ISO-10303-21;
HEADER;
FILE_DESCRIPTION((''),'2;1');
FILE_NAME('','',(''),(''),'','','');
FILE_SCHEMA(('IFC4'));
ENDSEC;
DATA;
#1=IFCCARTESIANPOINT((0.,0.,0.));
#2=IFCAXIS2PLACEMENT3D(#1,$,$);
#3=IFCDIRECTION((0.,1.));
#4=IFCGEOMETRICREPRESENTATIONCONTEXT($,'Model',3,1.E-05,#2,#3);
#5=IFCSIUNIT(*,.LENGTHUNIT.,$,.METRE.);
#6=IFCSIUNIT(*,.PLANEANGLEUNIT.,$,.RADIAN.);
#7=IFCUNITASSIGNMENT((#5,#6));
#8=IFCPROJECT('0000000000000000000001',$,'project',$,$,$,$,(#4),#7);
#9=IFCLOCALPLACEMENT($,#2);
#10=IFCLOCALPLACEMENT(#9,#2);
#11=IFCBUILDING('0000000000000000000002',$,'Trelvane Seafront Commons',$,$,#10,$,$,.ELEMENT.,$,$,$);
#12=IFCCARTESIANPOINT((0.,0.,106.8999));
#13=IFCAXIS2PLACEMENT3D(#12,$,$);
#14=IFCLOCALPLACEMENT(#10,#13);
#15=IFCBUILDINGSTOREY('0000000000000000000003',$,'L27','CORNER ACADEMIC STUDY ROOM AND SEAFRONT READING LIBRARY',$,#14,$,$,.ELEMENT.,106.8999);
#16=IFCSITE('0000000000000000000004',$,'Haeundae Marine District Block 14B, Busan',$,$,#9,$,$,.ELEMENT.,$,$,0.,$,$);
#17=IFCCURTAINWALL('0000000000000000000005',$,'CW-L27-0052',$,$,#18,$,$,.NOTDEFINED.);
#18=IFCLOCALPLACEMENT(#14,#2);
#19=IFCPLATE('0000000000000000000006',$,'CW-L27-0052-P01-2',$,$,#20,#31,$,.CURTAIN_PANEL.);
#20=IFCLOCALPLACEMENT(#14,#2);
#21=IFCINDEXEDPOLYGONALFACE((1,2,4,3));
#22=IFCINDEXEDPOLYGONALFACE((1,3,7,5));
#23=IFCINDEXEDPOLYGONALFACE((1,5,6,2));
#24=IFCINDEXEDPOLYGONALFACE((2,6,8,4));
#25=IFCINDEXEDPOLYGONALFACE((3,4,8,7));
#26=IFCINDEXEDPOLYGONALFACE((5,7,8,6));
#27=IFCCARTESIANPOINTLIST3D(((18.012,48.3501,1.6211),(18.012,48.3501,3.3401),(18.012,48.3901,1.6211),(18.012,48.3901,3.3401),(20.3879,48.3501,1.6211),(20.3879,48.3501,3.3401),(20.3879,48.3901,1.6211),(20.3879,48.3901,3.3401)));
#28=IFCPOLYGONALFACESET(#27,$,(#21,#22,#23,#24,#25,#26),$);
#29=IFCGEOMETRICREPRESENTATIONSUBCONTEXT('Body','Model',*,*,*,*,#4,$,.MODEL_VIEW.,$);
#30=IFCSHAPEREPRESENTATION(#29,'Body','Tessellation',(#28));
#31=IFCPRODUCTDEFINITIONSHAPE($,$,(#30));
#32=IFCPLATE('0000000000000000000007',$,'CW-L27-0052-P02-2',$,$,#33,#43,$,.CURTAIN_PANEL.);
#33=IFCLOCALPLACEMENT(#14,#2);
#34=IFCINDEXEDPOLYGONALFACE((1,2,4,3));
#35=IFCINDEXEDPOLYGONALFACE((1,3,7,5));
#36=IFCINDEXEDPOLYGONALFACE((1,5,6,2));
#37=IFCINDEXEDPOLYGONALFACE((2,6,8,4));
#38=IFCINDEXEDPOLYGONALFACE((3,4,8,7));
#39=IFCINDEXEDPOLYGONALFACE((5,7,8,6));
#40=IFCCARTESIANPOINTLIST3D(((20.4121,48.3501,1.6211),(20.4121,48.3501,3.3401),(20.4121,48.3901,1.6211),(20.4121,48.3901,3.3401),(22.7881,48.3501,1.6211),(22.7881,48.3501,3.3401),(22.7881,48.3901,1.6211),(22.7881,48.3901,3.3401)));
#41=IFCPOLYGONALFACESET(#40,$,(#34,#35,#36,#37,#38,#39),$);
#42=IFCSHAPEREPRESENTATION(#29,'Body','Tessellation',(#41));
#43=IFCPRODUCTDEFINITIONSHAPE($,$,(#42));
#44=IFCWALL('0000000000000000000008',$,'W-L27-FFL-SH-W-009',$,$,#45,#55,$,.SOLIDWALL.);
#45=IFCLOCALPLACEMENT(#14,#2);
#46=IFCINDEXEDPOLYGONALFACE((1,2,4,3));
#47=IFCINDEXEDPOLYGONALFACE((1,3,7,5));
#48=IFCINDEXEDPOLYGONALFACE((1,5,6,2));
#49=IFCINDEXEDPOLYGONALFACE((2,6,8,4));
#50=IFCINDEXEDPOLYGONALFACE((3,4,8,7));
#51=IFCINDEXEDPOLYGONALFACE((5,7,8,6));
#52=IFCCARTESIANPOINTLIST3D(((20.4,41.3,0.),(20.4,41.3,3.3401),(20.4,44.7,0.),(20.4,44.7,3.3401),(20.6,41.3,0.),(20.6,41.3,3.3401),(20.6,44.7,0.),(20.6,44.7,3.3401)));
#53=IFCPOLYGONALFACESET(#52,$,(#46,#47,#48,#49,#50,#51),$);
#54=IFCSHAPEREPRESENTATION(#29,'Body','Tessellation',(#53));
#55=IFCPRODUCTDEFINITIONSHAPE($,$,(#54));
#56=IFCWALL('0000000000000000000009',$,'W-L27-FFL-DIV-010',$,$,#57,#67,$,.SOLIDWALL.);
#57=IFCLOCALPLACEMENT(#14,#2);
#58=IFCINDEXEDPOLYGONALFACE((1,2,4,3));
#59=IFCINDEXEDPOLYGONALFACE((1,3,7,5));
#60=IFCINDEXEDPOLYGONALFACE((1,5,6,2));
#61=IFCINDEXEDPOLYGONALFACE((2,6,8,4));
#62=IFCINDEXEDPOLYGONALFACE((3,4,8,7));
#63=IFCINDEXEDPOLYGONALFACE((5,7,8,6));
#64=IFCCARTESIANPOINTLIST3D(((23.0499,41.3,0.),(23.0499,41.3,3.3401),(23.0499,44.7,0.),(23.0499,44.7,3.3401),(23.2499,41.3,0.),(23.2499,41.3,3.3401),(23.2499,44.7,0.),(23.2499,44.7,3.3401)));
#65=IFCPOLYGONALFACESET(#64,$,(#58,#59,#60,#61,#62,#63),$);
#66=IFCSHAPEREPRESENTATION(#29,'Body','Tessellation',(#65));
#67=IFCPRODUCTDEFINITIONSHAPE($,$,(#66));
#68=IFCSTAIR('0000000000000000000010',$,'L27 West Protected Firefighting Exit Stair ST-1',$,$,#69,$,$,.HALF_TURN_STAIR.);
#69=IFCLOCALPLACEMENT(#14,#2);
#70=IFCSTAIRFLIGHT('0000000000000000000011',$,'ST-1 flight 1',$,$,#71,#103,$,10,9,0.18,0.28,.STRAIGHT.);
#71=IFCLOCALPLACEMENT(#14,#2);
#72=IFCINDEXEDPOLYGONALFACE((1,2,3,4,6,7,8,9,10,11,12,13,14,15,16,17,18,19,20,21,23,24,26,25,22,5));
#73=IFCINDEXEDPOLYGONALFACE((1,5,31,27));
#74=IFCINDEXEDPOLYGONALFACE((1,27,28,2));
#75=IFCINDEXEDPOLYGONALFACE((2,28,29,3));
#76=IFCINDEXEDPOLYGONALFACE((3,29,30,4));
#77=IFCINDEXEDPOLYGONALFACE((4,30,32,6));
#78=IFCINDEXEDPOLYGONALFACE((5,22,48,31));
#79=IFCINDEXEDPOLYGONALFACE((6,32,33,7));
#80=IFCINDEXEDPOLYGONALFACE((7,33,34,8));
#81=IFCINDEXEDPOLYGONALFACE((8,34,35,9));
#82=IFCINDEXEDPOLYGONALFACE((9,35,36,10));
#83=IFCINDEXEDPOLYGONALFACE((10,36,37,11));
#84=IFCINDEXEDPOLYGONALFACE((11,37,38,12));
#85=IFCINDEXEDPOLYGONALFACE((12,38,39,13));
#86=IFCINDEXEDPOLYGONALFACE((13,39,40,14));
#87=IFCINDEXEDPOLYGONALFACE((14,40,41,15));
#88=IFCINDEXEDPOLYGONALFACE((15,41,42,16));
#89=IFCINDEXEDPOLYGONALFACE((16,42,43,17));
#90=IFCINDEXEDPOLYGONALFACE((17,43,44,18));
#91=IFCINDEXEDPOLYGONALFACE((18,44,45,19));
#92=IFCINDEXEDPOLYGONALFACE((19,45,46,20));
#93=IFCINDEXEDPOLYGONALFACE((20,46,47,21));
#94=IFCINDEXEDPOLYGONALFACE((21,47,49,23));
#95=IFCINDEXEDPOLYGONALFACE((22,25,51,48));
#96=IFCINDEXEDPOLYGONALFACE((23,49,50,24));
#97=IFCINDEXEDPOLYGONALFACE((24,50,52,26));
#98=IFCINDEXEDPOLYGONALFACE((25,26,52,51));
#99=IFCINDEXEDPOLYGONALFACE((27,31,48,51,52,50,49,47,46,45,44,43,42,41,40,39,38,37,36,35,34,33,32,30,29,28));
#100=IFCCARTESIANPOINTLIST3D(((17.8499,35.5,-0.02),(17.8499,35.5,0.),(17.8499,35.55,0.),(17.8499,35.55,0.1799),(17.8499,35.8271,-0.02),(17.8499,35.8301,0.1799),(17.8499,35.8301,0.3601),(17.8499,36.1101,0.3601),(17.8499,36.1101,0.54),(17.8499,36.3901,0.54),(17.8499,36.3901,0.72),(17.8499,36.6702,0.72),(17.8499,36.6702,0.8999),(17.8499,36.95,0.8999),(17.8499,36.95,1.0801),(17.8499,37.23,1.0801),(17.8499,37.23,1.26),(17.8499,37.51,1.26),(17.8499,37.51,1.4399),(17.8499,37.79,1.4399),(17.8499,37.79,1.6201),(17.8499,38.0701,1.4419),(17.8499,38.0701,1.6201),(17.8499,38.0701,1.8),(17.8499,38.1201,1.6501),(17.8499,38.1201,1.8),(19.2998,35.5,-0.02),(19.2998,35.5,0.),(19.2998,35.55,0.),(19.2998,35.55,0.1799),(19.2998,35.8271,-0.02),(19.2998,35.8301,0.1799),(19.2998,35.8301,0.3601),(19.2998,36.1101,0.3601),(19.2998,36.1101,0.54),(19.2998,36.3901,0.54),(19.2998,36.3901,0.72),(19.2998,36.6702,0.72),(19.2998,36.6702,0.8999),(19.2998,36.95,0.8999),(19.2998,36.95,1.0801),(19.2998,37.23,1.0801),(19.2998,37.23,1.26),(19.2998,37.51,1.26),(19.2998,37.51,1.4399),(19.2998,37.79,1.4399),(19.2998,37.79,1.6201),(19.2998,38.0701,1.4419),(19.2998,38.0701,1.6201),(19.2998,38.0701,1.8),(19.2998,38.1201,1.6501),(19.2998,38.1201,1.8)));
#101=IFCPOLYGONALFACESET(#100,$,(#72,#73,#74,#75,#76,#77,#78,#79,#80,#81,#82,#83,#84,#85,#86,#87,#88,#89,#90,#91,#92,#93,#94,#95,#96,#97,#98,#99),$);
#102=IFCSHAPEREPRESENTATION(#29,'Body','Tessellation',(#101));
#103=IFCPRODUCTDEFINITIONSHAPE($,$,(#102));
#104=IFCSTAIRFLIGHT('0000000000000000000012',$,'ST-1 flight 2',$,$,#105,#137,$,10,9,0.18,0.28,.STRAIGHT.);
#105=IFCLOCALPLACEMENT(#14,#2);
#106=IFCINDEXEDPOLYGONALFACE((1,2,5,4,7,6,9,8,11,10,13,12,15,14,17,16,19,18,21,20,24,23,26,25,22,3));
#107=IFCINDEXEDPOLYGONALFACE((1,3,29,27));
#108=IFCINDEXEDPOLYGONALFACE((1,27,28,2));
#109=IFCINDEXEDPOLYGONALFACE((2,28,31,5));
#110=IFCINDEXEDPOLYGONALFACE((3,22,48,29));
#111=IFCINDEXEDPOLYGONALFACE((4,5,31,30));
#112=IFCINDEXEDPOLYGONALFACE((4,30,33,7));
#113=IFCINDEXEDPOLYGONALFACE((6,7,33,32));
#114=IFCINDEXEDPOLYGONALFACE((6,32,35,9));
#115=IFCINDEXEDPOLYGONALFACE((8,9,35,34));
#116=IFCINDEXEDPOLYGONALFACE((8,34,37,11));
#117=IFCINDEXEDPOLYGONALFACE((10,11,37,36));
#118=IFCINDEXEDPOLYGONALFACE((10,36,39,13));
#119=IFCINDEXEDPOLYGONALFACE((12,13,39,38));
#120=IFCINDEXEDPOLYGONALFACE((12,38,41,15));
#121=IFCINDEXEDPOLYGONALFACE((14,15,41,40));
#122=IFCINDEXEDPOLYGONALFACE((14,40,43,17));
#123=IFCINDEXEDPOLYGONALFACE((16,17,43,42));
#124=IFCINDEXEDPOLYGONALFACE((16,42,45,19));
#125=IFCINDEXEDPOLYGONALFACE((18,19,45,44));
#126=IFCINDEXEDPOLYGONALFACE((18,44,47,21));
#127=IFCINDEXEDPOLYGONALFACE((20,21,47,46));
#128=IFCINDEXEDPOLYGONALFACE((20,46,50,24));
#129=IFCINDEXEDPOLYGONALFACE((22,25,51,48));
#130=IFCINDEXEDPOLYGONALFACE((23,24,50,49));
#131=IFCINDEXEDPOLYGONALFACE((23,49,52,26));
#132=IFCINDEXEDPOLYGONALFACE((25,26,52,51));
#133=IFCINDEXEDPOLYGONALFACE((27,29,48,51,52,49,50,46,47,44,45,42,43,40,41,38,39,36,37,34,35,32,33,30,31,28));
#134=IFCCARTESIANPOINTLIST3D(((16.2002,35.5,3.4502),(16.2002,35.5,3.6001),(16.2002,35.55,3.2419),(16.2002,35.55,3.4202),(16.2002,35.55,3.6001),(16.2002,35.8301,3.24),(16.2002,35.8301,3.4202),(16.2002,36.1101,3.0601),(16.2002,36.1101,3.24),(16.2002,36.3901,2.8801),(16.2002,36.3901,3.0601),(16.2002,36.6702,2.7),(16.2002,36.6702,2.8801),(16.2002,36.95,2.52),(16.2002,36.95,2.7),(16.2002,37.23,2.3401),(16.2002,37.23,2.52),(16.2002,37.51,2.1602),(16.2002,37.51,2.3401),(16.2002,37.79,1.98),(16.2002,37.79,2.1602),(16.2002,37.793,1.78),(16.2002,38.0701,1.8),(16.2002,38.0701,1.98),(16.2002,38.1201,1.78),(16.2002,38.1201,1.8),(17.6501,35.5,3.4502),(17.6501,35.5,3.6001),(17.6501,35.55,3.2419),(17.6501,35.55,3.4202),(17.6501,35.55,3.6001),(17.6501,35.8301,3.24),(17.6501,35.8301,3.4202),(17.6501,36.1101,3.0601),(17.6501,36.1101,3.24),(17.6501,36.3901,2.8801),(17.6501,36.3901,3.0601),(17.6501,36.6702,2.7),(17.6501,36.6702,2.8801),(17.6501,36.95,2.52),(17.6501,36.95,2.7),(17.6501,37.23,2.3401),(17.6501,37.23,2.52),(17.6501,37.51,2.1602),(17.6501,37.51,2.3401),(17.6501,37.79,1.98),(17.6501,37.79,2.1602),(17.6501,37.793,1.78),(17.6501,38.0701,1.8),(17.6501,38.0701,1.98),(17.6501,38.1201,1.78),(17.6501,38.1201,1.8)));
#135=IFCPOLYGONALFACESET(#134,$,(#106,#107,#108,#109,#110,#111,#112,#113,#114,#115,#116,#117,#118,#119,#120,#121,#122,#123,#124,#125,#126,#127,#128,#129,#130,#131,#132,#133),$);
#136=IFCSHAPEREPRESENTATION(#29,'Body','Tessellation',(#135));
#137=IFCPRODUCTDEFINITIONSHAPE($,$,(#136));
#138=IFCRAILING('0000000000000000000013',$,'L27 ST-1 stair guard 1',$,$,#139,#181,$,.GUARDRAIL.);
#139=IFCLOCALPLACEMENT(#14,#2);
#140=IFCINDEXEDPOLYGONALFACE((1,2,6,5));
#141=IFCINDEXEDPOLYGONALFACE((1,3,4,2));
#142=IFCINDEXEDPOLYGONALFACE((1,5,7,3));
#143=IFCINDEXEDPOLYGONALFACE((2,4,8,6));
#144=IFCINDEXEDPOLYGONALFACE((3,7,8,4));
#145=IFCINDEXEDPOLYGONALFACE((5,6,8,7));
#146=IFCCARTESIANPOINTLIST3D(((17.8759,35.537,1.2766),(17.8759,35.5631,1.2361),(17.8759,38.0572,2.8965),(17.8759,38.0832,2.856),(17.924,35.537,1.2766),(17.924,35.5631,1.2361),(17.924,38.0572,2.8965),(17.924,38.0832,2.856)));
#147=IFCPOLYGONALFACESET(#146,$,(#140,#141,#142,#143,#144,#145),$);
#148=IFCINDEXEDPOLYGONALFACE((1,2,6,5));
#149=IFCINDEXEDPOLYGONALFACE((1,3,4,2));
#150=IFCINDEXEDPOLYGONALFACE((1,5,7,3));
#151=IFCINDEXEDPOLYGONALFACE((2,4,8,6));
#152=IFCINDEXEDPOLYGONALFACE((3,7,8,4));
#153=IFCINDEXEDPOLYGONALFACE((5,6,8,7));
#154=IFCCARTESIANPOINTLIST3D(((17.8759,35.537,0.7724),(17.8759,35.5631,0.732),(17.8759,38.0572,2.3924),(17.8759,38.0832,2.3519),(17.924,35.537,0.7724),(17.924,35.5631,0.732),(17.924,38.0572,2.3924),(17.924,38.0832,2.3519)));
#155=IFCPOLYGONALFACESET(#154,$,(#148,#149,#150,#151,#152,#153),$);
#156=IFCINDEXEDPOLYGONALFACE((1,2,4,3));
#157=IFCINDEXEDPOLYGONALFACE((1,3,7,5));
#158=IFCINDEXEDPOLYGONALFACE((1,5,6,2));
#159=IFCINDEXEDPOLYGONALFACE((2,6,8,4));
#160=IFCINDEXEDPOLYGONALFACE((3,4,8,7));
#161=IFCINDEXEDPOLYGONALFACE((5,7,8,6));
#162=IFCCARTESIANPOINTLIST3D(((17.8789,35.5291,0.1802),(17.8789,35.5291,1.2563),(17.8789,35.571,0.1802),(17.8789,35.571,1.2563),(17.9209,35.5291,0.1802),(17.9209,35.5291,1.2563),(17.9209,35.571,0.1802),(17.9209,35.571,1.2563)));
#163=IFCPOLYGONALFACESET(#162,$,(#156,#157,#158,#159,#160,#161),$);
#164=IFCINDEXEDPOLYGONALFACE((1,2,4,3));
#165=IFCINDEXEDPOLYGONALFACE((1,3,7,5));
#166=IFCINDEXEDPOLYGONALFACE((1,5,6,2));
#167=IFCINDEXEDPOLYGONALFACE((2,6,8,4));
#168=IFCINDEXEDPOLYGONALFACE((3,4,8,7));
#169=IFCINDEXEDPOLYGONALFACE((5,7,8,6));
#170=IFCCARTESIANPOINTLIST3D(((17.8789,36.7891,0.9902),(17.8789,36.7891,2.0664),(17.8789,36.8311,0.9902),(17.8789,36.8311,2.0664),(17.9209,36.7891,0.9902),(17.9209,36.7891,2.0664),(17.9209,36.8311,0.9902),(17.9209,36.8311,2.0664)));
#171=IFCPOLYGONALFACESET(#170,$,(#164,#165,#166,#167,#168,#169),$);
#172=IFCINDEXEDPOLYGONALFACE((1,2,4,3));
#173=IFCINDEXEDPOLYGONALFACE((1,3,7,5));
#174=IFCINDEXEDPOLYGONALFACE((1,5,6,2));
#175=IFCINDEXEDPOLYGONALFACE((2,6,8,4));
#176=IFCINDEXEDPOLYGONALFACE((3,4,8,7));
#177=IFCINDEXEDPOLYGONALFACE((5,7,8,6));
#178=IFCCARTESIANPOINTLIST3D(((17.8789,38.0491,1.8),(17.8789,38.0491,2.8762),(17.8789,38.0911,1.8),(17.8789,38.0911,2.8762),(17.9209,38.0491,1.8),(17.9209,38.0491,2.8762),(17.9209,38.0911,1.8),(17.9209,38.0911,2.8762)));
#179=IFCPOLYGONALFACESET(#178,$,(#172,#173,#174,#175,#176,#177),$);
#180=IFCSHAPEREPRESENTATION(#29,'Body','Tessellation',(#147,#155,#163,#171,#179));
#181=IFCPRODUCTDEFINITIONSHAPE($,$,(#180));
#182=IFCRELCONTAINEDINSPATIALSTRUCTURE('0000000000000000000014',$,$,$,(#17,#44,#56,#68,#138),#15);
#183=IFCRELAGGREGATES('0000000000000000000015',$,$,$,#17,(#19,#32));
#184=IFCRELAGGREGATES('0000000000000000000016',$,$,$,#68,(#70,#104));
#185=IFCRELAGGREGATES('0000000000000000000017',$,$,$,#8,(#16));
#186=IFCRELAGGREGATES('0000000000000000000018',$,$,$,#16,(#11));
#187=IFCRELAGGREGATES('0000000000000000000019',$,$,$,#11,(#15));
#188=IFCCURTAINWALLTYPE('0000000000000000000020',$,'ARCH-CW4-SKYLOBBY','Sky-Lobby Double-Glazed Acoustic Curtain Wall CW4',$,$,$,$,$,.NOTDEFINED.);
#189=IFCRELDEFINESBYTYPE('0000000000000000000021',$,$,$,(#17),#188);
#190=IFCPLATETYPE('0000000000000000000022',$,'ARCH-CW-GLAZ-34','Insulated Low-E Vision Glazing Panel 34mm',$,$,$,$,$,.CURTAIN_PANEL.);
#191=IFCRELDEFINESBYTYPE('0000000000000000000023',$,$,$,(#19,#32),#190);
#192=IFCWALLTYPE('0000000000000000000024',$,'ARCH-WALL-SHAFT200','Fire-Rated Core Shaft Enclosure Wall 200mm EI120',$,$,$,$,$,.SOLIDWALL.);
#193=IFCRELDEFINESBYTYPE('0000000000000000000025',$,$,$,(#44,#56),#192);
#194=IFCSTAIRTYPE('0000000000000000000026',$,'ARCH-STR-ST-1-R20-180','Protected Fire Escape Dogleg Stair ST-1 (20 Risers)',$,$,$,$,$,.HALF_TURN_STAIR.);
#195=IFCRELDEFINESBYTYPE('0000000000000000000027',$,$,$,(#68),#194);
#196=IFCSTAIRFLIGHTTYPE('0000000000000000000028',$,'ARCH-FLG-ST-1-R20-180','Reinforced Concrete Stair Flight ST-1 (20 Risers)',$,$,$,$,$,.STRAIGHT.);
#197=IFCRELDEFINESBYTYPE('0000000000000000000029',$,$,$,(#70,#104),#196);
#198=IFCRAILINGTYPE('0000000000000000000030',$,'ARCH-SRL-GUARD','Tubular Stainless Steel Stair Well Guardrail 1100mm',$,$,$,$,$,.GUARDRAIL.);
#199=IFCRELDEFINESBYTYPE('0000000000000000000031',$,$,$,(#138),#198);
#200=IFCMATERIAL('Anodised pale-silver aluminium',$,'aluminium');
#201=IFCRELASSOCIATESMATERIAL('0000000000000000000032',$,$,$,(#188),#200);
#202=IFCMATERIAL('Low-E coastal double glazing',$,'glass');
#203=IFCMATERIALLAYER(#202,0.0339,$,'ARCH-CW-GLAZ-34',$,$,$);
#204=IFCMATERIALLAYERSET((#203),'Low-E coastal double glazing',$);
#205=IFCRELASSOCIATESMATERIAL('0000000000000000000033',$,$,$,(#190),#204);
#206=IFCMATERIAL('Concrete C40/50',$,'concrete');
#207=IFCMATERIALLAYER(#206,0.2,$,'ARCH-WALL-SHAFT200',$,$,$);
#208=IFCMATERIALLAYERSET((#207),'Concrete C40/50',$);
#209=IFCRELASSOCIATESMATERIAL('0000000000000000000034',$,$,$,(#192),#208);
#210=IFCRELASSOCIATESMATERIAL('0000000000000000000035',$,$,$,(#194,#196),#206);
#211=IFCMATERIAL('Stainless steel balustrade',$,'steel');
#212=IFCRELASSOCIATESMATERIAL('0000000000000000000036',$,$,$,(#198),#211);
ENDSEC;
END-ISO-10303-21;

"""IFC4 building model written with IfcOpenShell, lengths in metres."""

from ifc_helpers import new_model, si_unit, direction, frame, frame_2d, origin, origin_2d, place, context, subcontext, project, spatial, polyline, rectangle, outline, extrude, source, transform, mapped, material, layer, layer_set, type_object, element, aggregate, save


model = new_model("IFC4")

# Units and contexts
model_context = context("Model", 3, precision=1e-05, world=origin(), true_north=direction((0.0, 1.0)))
body_context = subcontext(model_context, "Body", "Model", "MODEL_VIEW")
ifc_project = project(units=[si_unit("LENGTHUNIT", "METRE"), si_unit("PLANEANGLEUNIT", "RADIAN")], contexts=[model_context])

# Site, building, storey
site_placement = place(None, origin())
site = spatial("IfcSite", under=ifc_project, at=site_placement, Name="Haeundae Marine District Block 14B, Busan", CompositionType="ELEMENT", RefElevation=0.0)
building_placement = place(site_placement, origin())
building = spatial("IfcBuilding", under=site, at=building_placement, Name="Trelvane Seafront Commons", CompositionType="ELEMENT")
storey_placement = place(building_placement, frame((0.0, 0.0, 106.8999)))
storey = spatial("IfcBuildingStorey", under=building, at=storey_placement, Name="L27", Description="CORNER ACADEMIC STUDY ROOM AND SEAFRONT READING LIBRARY", CompositionType="ELEMENT", Elevation=106.8999)

# Curtain wall
ifc_material_1 = material(Name="Anodised pale-silver aluminium", Category="aluminium")
curtain_wall_type = type_object("IfcCurtainWallType", Name="ARCH-CW4-SKYLOBBY", Description="Sky-Lobby Double-Glazed Acoustic Curtain Wall CW4", PredefinedType="NOTDEFINED", material=ifc_material_1)
curtain_wall_placement = place(storey_placement, origin())
curtain_wall = element("IfcCurtainWall", 1, at=curtain_wall_placement, inside=storey, type_object=curtain_wall_type, Name="CW-L27-0052", PredefinedType="NOTDEFINED")

# Plates
ifc_material_2 = material(Name="Low-E coastal double glazing", Category="glass")
ifc_layer_1 = layer(ifc_material_2, 0.0339, Name="ARCH-CW-GLAZ-34")
ifc_layer_set_1 = layer_set([ifc_layer_1], Name="Low-E coastal double glazing")
plate_type_1 = type_object("IfcPlateType", Name="ARCH-CW-GLAZ-34", Description="Insulated Low-E Vision Glazing Panel 34mm", PredefinedType="CURTAIN_PANEL", material=ifc_layer_set_1)
shared_shape_1 = source(origin(), body_context, "Body", "SweptSolid", [
    extrude(rectangle(XDim=2.376, YDim=0.04, at=origin_2d()), origin(), (0.0, 0.0, 1.0), 1.719),
])
plate_1_placement = place(storey_placement, frame((19.2, 48.3701, 1.6211), z_axis=(0.0, 0.0, 1.0), x_axis=(1.0, 0.0, 0.0)))
plate_1 = element("IfcPlate", 2, at=plate_1_placement, type_object=plate_type_1, Name="CW-L27-0052-P01-2", PredefinedType="CURTAIN_PANEL", context=body_context, shape_type="MappedRepresentation", body=[
    mapped(shared_shape_1, transform((0.0, 0.0, 0.0), x_axis=(1.0, 0.0, 0.0), y_axis=(0.0, 1.0, 0.0), z_axis=(0.0, 0.0, 1.0), scale=1.0)),
])
plate_2_placement = place(storey_placement, frame((21.6001, 48.3701, 1.6211), z_axis=(0.0, 0.0, 1.0), x_axis=(1.0, 0.0, 0.0)))
plate_2 = element("IfcPlate", 3, at=plate_2_placement, type_object=plate_type_1, Name="CW-L27-0052-P02-2", PredefinedType="CURTAIN_PANEL", context=body_context, shape_type="MappedRepresentation", body=[
    mapped(shared_shape_1, transform((0.0, 0.0, 0.0), x_axis=(1.0, 0.0, 0.0), y_axis=(0.0, 1.0, 0.0), z_axis=(0.0, 0.0, 1.0), scale=1.0)),
])
aggregate(curtain_wall, [plate_1, plate_2])

# Shared definitions
ifc_material_3 = material(Name="Concrete C40/50", Category="concrete")
ifc_layer_2 = layer(ifc_material_3, 0.2, Name="ARCH-WALL-SHAFT200")
ifc_layer_set_2 = layer_set([ifc_layer_2], Name="Concrete C40/50")
wall_type = type_object("IfcWallType", Name="ARCH-WALL-SHAFT200", Description="Fire-Rated Core Shaft Enclosure Wall 200mm EI120", PredefinedType="SOLIDWALL", material=ifc_layer_set_2)
ifc_material_4 = material(Name="Stainless steel balustrade", Category="steel")

# Walls
for number, where, z_axis, x_axis, name in (
    (4, (20.5, 41.3, 0.0), (0.0, 0.0, 1.0), (0.0, 1.0, 0.0), "W-L27-FFL-SH-W-009"),
    (5, (23.1499, 41.3, 0.0), (0.0, 0.0, 1.0), (0.0, 1.0, 0.0), "W-L27-FFL-DIV-010"),
):
    element("IfcWall", number, at=place(storey_placement, frame(where, z_axis=z_axis, x_axis=x_axis)), inside=storey, type_object=wall_type, Name=name, PredefinedType="SOLIDWALL", context=body_context, shape_type="SweptSolid", body=[
        extrude(rectangle(XDim=3.3999, YDim=0.2, at=frame_2d((1.7, 0.0))), origin(), (0.0, 0.0, 1.0), 3.3401),
    ])

# Stair, stair flights
stair_type = type_object("IfcStairType", Name="ARCH-STR-ST-1-R20-180", Description="Protected Fire Escape Dogleg Stair ST-1 (20 Risers)", PredefinedType="HALF_TURN_STAIR", material=ifc_material_3)
stair_placement = place(storey_placement, origin())
stair = element("IfcStair", 6, at=stair_placement, inside=storey, type_object=stair_type, Name="L27 West Protected Firefighting Exit Stair ST-1", PredefinedType="HALF_TURN_STAIR")
stair_flight_type = type_object("IfcStairFlightType", Name="ARCH-FLG-ST-1-R20-180", Description="Reinforced Concrete Stair Flight ST-1 (20 Risers)", PredefinedType="STRAIGHT", material=ifc_material_3)
shared_shape_2 = source(origin(), body_context, "Body", "SweptSolid", [
    extrude(outline(polyline([(-0.05, -0.02), (-0.05, 0.0), (0.0, 0.0), (0.0, 0.1799), (0.28, 0.1799), (0.28, 0.3601), (0.5601, 0.3601), (0.5601, 0.54), (0.8401, 0.54), (0.8401, 0.72), (1.1201, 0.72), (1.1201, 0.8999), (1.3999, 0.8999), (1.3999, 1.0801), (1.6799, 1.0801), (1.6799, 1.26), (1.96, 1.26), (1.96, 1.4399), (2.24, 1.4399), (2.24, 1.6201), (2.52, 1.6201), (2.52, 1.8), (2.5701, 1.8), (2.5701, 1.6501), (2.52, 1.4419), (0.2771, -0.02), (-0.05, -0.02)])), frame((0.0, 0.7251, 0.0), z_axis=(0.0, -1.0, 0.0), x_axis=(1.0, 0.0, 0.0)), (0.0, 0.0, 1.0), 1.45),
])
stair_flight_1_placement = place(storey_placement, frame((18.575, 35.55, 0.0), z_axis=(0.0, 0.0, 1.0), x_axis=(0.0, 1.0, 0.0)))
stair_flight_1 = element("IfcStairFlight", 7, at=stair_flight_1_placement, type_object=stair_flight_type, Name="ST-1 flight 1", NumberOfRisers=10, NumberOfTreads=9, PredefinedType="STRAIGHT", RiserHeight=0.18, TreadLength=0.28, context=body_context, shape_type="MappedRepresentation", body=[
    mapped(shared_shape_2, transform((0.0, 0.0, 0.0), x_axis=(1.0, 0.0, 0.0), y_axis=(0.0, 1.0, 0.0), z_axis=(0.0, 0.0, 1.0), scale=1.0)),
])
stair_flight_2_placement = place(storey_placement, frame((16.925, 38.0701, 1.8), z_axis=(0.0, 0.0, 1.0), x_axis=(0.0, -1.0, 0.0)))
stair_flight_2 = element("IfcStairFlight", 8, at=stair_flight_2_placement, type_object=stair_flight_type, Name="ST-1 flight 2", NumberOfRisers=10, NumberOfTreads=9, PredefinedType="STRAIGHT", RiserHeight=0.18, TreadLength=0.28, context=body_context, shape_type="MappedRepresentation", body=[
    mapped(shared_shape_2, transform((0.0, 0.0, 0.0), x_axis=(1.0, 0.0, 0.0), y_axis=(0.0, 1.0, 0.0), z_axis=(0.0, 0.0, 1.0), scale=1.0)),
])
aggregate(stair, [stair_flight_1, stair_flight_2])

# Railing
railing_type_1 = type_object("IfcRailingType", Name="ARCH-SRL-GUARD", Description="Tubular Stainless Steel Stair Well Guardrail 1100mm", PredefinedType="GUARDRAIL", material=ifc_material_4)
railing_1_placement = place(storey_placement, frame((17.8999, 35.55, 0.1802)))
element("IfcRailing", 9, at=railing_1_placement, inside=storey, type_object=railing_type_1, Name="L27 ST-1 stair guard 1", PredefinedType="GUARDRAIL", context=body_context, shape_type="SweptSolid", body=[
    extrude(rectangle(XDim=0.0481, YDim=0.0481, at=origin_2d()), frame((0.0, 0.0, 1.0762), z_axis=(0.0, 0.8412, 0.540725), x_axis=(-1.0, 0.0, 0.0)), (0.0, 0.0, 1.0), 2.9958),
    extrude(rectangle(XDim=0.0481, YDim=0.0481, at=origin_2d()), frame((0.0, 0.0, 0.572), z_axis=(0.0, 0.8412, 0.540725), x_axis=(-1.0, 0.0, 0.0)), (0.0, 0.0, 1.0), 2.9958),
    extrude(rectangle(XDim=0.042, YDim=0.042, at=origin_2d()), origin(), (0.0, 0.0, 1.0), 1.0762),
    extrude(rectangle(XDim=0.042, YDim=0.042, at=origin_2d()), frame((0.0, 1.26, 0.8101)), (0.0, 0.0, 1.0), 1.0762),
    extrude(rectangle(XDim=0.042, YDim=0.042, at=origin_2d()), frame((0.0, 2.52, 1.6199)), (0.0, 0.0, 1.0), 1.0762),
])

save(model, "model.ifc")
